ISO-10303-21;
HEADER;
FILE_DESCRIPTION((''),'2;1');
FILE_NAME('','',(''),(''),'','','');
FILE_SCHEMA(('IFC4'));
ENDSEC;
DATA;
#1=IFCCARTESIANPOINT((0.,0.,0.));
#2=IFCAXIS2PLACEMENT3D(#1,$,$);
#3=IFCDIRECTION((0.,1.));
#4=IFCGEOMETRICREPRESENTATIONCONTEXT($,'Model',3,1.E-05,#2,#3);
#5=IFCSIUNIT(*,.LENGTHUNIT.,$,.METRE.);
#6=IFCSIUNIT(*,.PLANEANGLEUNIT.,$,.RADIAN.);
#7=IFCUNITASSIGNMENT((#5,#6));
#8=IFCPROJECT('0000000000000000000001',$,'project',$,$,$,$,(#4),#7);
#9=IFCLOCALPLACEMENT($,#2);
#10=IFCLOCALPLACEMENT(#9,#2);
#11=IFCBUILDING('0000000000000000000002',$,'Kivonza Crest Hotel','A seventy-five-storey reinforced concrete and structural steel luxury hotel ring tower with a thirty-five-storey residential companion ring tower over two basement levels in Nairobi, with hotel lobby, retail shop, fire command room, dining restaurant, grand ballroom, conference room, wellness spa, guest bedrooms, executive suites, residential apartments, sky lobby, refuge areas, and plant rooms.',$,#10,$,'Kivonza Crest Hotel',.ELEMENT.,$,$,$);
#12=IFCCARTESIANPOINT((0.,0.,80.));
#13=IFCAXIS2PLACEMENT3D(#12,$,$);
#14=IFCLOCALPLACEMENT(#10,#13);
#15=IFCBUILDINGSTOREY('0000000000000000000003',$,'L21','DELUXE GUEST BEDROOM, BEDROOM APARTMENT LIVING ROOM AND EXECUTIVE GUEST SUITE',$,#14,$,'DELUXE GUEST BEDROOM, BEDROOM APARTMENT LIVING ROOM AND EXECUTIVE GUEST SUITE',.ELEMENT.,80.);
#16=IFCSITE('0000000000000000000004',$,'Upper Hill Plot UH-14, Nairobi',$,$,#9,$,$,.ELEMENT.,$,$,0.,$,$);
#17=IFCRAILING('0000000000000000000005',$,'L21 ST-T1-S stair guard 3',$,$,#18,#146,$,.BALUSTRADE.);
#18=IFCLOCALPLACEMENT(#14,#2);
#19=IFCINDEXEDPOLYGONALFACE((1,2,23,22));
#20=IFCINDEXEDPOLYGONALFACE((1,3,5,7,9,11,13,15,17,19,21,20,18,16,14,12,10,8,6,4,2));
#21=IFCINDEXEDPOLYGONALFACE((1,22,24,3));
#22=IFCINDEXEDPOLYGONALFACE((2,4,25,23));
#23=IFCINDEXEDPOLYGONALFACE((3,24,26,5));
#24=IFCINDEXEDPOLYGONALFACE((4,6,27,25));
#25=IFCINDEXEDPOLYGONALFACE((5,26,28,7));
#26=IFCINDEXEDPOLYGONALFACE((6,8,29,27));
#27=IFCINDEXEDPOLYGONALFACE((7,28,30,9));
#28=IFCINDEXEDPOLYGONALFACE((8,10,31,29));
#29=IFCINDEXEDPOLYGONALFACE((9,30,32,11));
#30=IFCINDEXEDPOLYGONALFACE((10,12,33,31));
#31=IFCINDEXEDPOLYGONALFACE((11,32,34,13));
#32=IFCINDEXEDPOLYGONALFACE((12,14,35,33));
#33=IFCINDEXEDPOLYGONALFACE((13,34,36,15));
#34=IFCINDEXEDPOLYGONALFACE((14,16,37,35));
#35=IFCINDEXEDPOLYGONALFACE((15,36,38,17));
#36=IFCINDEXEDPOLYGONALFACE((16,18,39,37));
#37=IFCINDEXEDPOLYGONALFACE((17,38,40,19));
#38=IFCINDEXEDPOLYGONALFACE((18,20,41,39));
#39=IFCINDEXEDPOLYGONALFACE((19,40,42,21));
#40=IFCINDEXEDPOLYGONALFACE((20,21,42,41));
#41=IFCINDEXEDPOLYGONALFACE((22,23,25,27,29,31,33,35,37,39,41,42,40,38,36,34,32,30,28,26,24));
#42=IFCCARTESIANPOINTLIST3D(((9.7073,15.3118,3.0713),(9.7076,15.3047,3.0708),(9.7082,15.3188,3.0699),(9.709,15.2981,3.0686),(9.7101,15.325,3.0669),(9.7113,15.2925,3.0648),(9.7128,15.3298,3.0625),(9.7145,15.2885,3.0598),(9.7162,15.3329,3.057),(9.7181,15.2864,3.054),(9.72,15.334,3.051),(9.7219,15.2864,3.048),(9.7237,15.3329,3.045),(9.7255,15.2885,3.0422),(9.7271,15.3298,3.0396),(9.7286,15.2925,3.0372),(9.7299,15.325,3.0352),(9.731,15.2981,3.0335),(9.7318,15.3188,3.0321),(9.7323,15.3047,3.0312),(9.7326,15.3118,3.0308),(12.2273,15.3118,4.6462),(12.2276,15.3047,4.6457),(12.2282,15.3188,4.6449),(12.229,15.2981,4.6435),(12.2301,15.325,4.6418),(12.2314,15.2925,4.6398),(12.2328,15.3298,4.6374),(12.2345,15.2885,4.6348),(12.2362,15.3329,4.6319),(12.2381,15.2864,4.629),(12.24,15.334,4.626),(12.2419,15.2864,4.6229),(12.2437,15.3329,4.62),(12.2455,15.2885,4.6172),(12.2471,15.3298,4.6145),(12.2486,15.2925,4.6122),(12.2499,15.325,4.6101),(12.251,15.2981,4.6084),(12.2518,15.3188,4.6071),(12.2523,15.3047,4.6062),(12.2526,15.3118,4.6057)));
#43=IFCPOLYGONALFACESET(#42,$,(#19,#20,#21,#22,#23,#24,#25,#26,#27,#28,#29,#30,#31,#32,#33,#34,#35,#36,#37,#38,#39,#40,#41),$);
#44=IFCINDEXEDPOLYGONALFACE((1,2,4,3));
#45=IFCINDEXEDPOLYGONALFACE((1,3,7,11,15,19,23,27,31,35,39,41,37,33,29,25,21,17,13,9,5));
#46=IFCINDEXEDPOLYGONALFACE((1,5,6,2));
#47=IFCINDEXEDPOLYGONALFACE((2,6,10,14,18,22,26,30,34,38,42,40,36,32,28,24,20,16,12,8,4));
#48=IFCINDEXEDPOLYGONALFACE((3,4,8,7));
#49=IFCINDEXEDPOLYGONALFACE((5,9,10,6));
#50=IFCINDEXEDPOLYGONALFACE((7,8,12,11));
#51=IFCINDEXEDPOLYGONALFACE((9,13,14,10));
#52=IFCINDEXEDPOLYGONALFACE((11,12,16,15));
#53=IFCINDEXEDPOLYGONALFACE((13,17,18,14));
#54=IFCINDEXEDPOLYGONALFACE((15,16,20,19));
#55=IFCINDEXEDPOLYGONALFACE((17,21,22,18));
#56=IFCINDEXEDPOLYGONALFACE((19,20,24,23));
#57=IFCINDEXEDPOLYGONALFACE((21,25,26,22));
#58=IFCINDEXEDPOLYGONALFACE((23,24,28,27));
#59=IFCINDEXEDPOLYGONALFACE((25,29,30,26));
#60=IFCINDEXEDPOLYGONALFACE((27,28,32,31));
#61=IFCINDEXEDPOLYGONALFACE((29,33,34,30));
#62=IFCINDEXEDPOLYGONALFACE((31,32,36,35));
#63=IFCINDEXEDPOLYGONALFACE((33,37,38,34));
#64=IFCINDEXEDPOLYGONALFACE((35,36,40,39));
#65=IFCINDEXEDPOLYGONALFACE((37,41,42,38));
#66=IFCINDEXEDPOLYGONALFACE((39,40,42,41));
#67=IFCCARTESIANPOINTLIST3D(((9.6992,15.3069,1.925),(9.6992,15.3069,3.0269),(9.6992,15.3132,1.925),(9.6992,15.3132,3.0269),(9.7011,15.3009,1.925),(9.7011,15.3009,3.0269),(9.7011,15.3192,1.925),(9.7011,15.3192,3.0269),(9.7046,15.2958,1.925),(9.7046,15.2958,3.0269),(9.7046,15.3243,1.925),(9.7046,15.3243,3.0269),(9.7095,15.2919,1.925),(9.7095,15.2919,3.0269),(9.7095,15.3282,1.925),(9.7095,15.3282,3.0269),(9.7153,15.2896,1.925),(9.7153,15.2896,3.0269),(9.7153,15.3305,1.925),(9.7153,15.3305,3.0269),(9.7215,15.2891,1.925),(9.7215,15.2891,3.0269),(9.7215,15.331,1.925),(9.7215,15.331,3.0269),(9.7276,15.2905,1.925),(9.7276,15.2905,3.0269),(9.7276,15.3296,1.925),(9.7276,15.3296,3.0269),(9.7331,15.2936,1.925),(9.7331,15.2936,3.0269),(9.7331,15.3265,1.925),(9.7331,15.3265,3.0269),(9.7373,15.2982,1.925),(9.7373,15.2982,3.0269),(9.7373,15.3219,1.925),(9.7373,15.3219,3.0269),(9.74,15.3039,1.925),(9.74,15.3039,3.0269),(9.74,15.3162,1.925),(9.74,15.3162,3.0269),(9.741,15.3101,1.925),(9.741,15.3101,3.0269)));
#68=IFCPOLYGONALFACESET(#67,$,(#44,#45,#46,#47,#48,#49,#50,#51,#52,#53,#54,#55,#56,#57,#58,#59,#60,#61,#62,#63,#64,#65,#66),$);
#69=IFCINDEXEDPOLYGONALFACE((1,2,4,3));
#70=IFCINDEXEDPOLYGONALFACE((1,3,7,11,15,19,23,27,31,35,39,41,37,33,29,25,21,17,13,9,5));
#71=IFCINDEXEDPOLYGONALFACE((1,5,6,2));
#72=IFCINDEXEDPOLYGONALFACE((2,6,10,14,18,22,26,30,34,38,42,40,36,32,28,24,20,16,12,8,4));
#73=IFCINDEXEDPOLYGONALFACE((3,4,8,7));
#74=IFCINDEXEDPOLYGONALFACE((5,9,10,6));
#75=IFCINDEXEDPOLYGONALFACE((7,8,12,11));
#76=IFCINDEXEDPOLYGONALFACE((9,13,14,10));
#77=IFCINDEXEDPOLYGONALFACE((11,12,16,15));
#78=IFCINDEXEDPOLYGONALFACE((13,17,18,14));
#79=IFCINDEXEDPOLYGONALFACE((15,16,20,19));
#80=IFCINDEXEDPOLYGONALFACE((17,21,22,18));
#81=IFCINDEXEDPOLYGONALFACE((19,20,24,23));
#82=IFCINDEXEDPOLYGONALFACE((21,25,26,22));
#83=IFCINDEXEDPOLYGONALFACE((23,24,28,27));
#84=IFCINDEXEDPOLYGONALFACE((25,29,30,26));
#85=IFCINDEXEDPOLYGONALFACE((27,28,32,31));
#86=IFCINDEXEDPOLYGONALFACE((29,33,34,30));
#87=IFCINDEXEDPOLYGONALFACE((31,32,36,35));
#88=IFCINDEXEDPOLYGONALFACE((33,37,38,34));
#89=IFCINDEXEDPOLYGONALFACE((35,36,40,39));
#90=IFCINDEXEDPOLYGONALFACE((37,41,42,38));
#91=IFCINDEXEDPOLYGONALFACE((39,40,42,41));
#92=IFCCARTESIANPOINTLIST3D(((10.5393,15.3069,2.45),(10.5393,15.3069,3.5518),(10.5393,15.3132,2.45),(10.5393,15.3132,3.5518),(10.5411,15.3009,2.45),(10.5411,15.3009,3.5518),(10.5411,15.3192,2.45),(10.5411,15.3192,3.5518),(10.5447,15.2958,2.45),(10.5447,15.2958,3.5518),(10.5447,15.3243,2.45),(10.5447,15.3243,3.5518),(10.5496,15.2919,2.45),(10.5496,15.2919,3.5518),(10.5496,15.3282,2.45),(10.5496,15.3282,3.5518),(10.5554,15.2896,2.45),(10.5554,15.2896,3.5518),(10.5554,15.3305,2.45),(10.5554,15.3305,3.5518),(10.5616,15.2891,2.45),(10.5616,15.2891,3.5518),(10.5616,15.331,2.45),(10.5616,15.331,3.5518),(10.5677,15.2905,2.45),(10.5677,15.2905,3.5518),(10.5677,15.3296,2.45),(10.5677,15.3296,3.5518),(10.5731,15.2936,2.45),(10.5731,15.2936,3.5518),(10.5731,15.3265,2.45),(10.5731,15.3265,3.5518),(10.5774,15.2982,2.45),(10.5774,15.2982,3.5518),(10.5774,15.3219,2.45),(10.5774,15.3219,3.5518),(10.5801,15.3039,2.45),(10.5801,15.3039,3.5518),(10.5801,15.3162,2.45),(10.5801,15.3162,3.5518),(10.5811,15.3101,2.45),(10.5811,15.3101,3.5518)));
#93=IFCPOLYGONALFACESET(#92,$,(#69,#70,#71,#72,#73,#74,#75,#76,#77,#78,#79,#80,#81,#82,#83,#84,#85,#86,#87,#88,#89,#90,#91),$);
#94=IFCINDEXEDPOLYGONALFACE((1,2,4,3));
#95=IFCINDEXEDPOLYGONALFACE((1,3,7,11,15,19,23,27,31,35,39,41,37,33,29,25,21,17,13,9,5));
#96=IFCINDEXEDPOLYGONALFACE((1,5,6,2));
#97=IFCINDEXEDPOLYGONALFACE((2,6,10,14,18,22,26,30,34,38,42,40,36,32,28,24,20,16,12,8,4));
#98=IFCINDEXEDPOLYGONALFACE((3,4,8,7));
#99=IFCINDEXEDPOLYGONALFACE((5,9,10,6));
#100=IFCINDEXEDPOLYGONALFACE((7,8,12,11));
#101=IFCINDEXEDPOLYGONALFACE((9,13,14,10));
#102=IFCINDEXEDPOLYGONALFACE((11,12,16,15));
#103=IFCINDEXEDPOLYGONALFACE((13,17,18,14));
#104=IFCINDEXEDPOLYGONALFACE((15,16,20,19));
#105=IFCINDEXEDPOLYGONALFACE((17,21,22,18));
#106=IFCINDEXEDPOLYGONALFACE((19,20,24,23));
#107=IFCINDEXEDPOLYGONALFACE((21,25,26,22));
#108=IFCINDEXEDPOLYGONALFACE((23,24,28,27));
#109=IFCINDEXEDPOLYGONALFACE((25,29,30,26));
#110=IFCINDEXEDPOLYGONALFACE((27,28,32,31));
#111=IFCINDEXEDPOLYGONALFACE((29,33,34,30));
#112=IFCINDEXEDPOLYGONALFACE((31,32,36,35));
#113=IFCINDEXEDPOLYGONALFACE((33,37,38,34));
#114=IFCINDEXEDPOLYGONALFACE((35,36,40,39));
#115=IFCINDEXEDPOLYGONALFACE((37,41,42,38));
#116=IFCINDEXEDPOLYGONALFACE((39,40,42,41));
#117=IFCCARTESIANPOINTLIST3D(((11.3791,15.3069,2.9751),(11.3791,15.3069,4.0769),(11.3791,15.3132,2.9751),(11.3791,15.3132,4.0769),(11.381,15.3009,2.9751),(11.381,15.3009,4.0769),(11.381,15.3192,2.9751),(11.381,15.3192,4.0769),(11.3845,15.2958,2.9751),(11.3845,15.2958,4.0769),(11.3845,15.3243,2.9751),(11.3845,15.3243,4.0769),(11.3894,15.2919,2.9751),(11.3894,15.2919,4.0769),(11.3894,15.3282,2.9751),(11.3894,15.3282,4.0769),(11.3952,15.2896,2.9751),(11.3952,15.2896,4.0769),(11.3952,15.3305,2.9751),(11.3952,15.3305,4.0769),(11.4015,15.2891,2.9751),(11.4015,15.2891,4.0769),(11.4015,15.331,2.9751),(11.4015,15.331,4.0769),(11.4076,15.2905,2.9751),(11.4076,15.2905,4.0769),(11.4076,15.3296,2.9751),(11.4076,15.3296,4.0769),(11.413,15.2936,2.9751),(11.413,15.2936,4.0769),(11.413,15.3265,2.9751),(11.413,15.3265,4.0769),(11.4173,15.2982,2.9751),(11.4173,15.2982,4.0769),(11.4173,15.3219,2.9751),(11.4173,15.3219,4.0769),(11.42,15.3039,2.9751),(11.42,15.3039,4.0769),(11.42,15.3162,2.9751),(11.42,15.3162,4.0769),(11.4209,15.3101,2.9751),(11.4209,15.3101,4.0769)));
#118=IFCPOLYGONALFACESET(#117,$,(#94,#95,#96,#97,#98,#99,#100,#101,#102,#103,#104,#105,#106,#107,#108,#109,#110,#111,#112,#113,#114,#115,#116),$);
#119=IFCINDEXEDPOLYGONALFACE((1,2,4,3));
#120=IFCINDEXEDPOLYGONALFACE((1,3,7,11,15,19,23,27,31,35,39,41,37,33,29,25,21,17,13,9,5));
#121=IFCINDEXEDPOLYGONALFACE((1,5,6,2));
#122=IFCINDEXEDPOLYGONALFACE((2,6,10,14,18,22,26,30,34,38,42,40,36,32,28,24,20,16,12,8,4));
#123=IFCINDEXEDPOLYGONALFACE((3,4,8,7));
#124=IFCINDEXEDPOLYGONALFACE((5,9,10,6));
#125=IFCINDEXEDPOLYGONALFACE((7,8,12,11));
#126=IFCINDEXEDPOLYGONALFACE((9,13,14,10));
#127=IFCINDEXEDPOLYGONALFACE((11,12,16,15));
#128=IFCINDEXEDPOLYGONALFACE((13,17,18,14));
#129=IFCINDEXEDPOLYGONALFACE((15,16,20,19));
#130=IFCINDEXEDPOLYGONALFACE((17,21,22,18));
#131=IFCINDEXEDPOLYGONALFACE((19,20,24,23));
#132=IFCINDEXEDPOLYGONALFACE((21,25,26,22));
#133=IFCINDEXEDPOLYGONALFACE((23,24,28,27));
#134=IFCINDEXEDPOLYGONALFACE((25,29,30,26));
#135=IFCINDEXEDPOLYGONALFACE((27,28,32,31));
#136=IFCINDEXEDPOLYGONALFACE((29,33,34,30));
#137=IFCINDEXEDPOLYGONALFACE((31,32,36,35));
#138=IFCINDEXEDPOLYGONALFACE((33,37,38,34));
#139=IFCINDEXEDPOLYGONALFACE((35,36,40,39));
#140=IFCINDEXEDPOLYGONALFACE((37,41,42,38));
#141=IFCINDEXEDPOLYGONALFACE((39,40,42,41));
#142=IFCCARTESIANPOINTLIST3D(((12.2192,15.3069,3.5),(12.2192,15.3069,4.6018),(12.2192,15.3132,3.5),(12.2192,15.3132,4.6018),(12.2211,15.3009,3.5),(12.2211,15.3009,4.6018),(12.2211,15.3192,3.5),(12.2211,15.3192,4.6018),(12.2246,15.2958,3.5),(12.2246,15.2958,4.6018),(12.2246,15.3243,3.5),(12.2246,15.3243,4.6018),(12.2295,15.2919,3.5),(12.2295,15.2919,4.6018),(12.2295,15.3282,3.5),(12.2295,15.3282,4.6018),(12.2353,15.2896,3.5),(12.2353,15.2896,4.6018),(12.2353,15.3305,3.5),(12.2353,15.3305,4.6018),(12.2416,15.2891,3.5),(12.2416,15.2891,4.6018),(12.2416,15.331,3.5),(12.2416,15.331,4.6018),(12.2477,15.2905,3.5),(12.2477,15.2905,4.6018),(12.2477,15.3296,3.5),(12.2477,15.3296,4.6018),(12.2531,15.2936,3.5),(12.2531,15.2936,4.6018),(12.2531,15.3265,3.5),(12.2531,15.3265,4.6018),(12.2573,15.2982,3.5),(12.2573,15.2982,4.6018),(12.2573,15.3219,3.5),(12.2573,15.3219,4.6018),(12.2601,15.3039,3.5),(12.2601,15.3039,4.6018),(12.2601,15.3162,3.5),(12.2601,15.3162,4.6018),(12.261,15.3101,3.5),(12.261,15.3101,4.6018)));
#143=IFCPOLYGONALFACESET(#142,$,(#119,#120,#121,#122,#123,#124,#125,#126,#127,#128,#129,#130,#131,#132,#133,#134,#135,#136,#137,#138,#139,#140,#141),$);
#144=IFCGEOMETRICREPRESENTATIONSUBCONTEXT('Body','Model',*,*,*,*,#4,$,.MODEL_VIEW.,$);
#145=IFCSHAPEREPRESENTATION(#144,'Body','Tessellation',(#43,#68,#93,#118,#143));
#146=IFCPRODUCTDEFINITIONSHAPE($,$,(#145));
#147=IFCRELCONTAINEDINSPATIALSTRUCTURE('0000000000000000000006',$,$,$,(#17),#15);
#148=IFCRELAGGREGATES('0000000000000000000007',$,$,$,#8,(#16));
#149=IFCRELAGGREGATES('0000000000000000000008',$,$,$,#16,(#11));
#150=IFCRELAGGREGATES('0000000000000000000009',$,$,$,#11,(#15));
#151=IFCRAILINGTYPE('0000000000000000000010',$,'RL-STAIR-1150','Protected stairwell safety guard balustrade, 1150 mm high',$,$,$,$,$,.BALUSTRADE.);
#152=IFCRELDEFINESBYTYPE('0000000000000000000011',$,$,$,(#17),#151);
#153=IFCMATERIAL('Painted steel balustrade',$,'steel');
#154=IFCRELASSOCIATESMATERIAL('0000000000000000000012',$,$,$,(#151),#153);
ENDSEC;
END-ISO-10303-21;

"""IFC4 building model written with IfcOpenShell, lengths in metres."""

from ifc_helpers import new_model, si_unit, direction, frame, origin, origin_2d, place, context, subcontext, project, spatial, circle, extrude, material, type_object, element, save


model = new_model("IFC4")

# Units and contexts
model_context = context("Model", 3, precision=1e-05, world=origin(), true_north=direction((0.0, 1.0)))
body_context = subcontext(model_context, "Body", "Model", "MODEL_VIEW")
ifc_project = project(units=[si_unit("LENGTHUNIT", "METRE"), si_unit("PLANEANGLEUNIT", "RADIAN")], contexts=[model_context])

# Site, building, storey
site_placement = place(None, origin())
site = spatial("IfcSite", under=ifc_project, at=site_placement, Name="Upper Hill Plot UH-14, Nairobi", CompositionType="ELEMENT", RefElevation=0.0)
building_placement = place(site_placement, origin())
building = spatial("IfcBuilding", under=site, at=building_placement, Name="Kivonza Crest Hotel", Description="A seventy-five-storey reinforced concrete and structural steel luxury hotel ring tower with a thirty-five-storey residential companion ring tower over two basement levels in Nairobi, with hotel lobby, retail shop, fire command room, dining restaurant, grand ballroom, conference room, wellness spa, guest bedrooms, executive suites, residential apartments, sky lobby, refuge areas, and plant rooms.", LongName="Kivonza Crest Hotel", CompositionType="ELEMENT")
storey_placement = place(building_placement, frame((0.0, 0.0, 80.0)))
storey = spatial("IfcBuildingStorey", under=building, at=storey_placement, Name="L21", Description="DELUXE GUEST BEDROOM, BEDROOM APARTMENT LIVING ROOM AND EXECUTIVE GUEST SUITE", LongName="DELUXE GUEST BEDROOM, BEDROOM APARTMENT LIVING ROOM AND EXECUTIVE GUEST SUITE", CompositionType="ELEMENT", Elevation=80.0)

# Railing
ifc_material_1 = material(Name="Painted steel balustrade", Category="steel")
railing_type_1 = type_object("IfcRailingType", Name="RL-STAIR-1150", Description="Protected stairwell safety guard balustrade, 1150 mm high", PredefinedType="BALUSTRADE", material=ifc_material_1)
railing_1_placement = place(storey_placement, frame((9.72, 15.3101, 1.925)))
element("IfcRailing", 1, at=railing_1_placement, inside=storey, type_object=railing_type_1, Name="L21 ST-T1-S stair guard 3", PredefinedType="BALUSTRADE", context=body_context, shape_type="SweptSolid", body=[
    extrude(circle(Radius=0.0239, at=origin_2d()), frame((0.0, 0.0, 1.126), z_axis=(0.848008, 0.0, 0.529984), x_axis=(0.0, 1.0, 0.0)), (0.0, 0.0, 1.0), 2.9717),
    extrude(circle(Radius=0.021, at=origin_2d()), origin(), (0.0, 0.0, 1.0), 1.1018),
    extrude(circle(Radius=0.021, at=origin_2d()), frame((0.8401, 0.0, 0.5249)), (0.0, 0.0, 1.0), 1.1018),
    extrude(circle(Radius=0.021, at=origin_2d()), frame((1.6799, 0.0, 1.05)), (0.0, 0.0, 1.0), 1.1018),
    extrude(circle(Radius=0.021, at=origin_2d()), frame((2.52, 0.0, 1.575)), (0.0, 0.0, 1.0), 1.1018),
])

save(model, "model.ifc")
